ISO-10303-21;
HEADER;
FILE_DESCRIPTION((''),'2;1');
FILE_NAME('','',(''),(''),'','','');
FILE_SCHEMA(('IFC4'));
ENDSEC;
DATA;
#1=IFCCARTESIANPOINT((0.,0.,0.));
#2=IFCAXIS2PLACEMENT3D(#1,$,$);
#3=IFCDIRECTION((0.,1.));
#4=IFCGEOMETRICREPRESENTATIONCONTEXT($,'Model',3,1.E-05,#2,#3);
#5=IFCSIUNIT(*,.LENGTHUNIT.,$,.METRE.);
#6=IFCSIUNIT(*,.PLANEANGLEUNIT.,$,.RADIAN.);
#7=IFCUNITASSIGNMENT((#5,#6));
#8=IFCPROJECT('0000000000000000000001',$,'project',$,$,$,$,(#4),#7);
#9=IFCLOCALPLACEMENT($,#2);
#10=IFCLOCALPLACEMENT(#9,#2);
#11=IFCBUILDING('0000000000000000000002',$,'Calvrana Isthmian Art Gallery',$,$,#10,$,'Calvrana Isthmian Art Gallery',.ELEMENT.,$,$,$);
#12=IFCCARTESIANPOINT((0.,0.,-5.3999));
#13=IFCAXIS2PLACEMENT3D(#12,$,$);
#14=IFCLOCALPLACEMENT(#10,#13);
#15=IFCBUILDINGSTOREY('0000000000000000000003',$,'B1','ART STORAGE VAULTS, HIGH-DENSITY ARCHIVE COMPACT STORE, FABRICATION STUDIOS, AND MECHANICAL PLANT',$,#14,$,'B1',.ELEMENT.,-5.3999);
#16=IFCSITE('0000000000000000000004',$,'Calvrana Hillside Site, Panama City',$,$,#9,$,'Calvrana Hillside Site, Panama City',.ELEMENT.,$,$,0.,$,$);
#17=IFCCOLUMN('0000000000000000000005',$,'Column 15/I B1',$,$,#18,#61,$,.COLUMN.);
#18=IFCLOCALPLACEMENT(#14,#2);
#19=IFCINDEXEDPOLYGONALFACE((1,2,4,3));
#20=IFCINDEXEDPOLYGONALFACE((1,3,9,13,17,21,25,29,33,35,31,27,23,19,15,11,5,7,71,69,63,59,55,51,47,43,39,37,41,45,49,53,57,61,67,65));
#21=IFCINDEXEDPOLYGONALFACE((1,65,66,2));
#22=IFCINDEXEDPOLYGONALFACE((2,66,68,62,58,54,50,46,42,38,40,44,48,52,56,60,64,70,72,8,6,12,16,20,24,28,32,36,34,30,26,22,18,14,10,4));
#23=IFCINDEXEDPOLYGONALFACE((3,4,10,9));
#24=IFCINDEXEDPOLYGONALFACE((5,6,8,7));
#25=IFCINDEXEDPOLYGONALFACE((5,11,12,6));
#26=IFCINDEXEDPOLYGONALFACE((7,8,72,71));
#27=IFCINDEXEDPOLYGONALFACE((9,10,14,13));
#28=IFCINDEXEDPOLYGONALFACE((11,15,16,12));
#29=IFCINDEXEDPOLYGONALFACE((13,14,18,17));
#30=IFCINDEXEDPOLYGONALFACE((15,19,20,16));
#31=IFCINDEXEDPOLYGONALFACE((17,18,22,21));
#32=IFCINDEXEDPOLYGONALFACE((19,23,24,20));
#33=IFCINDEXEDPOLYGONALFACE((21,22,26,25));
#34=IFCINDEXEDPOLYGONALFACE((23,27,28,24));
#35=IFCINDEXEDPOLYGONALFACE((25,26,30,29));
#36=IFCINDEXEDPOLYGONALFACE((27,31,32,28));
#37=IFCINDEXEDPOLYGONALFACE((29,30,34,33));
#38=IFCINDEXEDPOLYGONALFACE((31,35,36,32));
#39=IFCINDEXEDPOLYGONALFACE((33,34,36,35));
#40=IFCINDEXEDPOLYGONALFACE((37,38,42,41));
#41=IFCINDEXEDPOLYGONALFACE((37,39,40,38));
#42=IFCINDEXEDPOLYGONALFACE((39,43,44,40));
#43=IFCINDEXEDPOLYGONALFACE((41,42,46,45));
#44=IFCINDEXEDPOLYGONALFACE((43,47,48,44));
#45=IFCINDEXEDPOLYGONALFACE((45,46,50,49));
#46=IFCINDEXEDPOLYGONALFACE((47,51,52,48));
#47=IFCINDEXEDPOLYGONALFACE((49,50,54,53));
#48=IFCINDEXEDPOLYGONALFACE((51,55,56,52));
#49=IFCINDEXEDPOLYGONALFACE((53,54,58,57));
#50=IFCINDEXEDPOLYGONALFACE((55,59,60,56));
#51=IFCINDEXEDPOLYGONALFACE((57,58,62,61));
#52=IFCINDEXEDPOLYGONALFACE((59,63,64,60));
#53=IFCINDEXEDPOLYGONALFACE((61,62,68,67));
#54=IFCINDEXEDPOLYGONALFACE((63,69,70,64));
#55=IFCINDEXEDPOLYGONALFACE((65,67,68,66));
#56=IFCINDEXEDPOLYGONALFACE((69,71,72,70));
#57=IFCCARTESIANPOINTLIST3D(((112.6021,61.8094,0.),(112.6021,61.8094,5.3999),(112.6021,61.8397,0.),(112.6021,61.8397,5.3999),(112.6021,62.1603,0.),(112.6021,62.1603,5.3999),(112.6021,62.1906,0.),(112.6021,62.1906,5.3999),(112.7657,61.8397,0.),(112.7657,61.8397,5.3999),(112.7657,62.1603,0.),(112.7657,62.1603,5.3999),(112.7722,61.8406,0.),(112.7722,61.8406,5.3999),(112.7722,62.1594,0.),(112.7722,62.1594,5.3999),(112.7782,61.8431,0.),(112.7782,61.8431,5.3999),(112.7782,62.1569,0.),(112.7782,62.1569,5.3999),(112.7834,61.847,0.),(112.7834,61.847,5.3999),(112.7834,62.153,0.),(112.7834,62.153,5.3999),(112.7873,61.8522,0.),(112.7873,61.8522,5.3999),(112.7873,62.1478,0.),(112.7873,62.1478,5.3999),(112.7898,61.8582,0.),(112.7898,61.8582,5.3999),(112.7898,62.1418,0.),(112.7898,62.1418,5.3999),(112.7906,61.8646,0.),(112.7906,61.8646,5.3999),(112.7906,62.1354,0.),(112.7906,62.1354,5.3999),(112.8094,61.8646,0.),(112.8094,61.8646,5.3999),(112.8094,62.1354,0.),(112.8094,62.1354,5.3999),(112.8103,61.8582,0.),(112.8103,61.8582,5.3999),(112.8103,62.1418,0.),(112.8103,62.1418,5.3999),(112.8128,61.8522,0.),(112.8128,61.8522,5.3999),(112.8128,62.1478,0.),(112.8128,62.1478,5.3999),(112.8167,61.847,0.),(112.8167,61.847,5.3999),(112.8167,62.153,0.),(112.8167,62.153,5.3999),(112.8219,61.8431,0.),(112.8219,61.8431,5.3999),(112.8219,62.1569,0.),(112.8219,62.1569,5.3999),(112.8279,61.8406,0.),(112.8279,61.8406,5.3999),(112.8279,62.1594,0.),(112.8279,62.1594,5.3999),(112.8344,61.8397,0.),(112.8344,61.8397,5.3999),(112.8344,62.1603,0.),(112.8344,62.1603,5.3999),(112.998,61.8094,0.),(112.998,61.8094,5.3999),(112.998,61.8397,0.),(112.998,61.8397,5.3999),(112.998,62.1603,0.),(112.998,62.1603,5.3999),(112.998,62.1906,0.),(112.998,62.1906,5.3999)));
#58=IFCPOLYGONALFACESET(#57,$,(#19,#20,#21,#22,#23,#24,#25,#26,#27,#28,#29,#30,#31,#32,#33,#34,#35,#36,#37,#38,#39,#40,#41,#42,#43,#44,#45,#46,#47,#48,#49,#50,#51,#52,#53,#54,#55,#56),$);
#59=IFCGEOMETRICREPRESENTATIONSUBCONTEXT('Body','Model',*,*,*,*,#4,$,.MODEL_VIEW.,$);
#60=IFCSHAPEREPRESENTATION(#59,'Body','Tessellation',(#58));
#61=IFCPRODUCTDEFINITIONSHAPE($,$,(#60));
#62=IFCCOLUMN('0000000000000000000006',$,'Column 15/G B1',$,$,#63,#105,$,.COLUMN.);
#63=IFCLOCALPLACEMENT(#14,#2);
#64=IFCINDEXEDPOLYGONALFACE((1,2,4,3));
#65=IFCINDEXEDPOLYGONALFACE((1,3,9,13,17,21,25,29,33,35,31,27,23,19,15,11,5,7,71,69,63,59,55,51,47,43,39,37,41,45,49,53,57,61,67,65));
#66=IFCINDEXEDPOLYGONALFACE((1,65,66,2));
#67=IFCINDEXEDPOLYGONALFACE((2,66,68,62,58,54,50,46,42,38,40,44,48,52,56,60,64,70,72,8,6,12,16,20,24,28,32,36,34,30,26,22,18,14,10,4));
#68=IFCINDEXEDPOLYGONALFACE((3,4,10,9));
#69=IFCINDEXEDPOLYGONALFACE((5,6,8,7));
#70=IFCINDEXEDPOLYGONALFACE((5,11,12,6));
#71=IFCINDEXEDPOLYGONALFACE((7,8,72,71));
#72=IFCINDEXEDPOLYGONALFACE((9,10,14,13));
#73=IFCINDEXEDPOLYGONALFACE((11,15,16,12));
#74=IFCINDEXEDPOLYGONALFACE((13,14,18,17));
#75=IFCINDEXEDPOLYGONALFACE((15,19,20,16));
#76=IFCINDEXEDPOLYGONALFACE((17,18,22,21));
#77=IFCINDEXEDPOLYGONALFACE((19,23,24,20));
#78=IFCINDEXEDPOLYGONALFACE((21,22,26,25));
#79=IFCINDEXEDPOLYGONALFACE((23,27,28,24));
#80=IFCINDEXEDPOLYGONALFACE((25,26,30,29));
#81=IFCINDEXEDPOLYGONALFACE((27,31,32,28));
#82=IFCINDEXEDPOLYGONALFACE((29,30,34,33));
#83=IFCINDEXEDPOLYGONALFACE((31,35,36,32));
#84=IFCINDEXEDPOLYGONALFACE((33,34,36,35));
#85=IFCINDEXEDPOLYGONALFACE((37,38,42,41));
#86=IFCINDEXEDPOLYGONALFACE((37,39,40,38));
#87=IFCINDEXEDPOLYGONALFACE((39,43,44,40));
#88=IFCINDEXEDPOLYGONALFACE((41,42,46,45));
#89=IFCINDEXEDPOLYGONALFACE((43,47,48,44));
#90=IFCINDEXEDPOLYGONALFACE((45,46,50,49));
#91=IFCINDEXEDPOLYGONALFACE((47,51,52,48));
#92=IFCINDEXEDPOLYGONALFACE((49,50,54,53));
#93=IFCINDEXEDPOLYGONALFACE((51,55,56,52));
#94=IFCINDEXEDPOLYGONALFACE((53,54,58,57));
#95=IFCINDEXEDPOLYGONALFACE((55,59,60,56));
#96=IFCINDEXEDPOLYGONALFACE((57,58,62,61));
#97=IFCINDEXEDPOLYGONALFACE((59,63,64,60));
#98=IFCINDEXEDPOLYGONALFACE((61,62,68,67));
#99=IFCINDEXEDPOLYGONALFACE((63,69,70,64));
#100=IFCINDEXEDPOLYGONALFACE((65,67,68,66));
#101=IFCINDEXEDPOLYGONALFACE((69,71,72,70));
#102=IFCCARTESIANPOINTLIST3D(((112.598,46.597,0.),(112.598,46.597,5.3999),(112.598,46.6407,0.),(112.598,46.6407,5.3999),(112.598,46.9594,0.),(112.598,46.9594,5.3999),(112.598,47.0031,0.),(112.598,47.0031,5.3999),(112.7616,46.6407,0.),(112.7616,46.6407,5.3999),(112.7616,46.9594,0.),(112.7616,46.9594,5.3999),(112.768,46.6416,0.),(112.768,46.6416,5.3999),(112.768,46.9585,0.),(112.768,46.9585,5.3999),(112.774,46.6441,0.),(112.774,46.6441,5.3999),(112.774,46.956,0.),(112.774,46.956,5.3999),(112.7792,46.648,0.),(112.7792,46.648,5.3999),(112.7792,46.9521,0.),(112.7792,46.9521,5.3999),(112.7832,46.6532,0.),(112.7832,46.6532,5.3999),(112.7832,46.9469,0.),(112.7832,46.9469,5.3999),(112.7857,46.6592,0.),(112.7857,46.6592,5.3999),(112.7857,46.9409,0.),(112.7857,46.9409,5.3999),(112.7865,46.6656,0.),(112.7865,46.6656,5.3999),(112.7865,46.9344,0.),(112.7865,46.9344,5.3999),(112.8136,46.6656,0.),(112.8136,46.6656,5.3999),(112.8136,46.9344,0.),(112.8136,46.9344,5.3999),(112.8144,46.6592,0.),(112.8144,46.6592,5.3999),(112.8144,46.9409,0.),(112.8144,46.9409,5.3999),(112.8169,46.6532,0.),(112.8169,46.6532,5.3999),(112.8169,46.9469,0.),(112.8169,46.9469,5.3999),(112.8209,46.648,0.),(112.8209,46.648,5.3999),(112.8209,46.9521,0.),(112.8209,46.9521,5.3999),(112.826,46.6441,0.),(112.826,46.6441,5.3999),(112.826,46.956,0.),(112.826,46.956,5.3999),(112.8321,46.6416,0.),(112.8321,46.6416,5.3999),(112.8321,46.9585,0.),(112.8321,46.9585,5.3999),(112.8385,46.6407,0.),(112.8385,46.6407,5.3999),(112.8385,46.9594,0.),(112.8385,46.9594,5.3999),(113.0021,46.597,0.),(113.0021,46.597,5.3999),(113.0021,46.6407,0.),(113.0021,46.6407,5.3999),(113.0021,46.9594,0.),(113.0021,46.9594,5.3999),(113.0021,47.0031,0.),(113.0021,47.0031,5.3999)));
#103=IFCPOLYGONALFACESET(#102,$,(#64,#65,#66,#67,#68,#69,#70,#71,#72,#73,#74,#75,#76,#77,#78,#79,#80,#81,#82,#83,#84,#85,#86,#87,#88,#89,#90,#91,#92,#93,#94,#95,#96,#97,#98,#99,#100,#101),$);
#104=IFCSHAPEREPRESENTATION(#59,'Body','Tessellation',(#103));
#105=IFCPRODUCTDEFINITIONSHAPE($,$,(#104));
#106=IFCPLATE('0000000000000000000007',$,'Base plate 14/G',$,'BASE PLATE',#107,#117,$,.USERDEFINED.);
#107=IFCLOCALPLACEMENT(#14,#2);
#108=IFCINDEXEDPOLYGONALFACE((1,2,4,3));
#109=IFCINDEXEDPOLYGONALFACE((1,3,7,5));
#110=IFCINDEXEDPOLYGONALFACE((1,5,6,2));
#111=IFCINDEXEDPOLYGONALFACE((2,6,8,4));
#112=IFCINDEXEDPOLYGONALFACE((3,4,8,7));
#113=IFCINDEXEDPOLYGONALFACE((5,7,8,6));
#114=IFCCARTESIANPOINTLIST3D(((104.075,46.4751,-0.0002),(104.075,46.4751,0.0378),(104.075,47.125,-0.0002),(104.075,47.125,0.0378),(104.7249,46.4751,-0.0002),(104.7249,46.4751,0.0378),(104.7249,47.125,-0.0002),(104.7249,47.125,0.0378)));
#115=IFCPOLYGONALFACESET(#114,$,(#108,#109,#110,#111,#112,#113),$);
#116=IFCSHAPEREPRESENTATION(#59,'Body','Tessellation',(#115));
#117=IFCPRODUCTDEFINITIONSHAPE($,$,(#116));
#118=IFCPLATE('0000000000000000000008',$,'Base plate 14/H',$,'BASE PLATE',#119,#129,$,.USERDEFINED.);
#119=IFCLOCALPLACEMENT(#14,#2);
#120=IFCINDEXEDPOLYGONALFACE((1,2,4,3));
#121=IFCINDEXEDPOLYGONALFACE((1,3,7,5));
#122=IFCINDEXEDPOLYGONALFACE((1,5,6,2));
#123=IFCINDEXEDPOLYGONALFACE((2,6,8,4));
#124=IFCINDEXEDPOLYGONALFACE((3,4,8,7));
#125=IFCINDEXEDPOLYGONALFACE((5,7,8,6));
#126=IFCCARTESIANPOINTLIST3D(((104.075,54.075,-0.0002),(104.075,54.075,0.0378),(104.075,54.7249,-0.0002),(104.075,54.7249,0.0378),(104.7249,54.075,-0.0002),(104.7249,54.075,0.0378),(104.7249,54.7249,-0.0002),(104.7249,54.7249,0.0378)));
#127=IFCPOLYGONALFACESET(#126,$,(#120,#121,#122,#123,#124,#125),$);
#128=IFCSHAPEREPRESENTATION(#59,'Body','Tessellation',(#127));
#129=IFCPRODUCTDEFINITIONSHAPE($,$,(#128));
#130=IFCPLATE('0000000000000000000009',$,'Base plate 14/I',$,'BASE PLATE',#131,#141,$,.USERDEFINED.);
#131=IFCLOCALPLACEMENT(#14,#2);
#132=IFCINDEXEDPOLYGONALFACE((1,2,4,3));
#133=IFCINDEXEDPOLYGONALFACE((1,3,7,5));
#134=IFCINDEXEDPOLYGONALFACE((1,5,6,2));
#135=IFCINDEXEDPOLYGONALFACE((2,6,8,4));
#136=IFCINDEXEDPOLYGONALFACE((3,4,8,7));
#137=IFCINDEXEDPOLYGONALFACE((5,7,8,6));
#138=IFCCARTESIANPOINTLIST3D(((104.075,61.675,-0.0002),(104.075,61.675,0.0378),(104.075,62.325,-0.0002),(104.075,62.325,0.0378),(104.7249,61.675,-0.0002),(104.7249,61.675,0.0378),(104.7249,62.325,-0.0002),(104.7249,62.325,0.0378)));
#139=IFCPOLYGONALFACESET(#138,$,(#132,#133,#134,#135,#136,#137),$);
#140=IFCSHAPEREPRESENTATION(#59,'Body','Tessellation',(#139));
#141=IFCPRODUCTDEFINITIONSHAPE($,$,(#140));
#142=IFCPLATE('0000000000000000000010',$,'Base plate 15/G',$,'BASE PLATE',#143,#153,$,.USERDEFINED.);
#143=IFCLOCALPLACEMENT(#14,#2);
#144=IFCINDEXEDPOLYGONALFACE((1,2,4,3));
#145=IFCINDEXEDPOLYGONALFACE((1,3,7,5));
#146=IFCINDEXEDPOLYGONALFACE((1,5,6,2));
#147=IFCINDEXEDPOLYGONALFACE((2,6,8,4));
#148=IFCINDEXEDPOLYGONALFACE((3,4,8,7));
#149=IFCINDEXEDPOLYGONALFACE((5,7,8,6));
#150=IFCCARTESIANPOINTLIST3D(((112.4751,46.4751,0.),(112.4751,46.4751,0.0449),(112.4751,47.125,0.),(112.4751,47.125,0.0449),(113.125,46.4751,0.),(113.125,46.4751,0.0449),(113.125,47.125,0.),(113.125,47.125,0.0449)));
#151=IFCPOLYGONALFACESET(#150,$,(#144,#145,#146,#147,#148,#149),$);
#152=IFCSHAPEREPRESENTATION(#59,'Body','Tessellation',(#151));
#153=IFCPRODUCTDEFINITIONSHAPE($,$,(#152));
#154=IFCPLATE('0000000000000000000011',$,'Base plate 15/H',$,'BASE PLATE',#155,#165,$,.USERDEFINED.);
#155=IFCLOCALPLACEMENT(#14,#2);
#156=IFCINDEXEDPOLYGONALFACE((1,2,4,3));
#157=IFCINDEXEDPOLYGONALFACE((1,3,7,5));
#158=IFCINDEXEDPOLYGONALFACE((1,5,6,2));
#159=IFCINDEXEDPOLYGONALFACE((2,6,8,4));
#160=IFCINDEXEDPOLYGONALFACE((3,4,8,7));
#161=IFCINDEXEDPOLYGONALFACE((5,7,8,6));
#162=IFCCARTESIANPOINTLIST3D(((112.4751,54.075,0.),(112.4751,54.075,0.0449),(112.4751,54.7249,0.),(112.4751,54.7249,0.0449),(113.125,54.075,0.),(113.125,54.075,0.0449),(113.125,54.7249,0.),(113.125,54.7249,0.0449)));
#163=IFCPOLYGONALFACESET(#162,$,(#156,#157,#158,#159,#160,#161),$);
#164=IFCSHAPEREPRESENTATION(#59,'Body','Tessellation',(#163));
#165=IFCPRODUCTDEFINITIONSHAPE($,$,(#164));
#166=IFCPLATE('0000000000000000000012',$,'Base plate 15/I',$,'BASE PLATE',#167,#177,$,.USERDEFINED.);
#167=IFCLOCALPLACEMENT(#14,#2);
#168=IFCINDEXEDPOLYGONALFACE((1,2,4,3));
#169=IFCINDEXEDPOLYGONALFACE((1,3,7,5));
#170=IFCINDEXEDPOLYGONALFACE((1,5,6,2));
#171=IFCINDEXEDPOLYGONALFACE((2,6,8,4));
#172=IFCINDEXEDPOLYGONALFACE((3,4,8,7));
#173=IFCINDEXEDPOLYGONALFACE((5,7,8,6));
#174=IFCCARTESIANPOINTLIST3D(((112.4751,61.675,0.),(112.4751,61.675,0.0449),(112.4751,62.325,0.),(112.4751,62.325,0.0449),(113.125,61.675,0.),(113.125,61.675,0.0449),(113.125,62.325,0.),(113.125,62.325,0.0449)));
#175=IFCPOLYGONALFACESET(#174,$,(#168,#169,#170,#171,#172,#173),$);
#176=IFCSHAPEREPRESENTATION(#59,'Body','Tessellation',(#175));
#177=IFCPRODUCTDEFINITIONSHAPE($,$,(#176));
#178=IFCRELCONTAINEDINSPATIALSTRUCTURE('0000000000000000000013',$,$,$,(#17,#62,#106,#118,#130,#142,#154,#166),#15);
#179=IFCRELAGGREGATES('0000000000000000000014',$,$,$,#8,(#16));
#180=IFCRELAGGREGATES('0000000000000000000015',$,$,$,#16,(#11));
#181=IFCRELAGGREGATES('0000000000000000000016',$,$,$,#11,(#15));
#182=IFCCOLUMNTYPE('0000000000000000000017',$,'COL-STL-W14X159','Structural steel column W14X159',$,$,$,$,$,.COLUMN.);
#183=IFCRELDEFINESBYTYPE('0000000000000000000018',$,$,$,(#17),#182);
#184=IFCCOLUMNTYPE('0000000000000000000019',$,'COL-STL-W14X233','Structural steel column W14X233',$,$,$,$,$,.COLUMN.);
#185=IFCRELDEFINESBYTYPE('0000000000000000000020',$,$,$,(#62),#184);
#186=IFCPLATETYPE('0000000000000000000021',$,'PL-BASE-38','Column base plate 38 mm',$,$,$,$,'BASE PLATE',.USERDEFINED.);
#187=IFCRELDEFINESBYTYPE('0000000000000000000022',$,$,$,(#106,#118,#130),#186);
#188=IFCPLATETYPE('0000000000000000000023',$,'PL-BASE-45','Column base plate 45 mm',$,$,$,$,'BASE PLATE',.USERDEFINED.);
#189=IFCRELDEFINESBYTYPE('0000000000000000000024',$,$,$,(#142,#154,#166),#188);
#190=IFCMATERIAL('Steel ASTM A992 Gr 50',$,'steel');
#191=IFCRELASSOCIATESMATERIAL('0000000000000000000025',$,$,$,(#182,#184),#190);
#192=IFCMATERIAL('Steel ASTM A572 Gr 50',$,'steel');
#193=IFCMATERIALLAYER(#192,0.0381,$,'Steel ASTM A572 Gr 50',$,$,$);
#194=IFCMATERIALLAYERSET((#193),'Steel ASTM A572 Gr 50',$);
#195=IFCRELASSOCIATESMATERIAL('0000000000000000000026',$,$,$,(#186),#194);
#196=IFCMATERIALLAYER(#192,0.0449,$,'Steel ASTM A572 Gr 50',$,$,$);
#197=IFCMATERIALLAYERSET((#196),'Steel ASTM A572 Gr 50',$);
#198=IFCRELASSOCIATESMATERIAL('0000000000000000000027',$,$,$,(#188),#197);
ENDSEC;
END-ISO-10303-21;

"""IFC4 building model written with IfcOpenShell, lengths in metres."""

from ifc_helpers import new_model, si_unit, direction, frame, origin, origin_2d, place, context, subcontext, project, spatial, rectangle, i_section, extrude, material, layer, layer_set, material_profile, profile_set, type_object, element, save


model = new_model("IFC4")

# Units and contexts
model_context = context("Model", 3, precision=1e-05, world=origin(), true_north=direction((0.0, 1.0)))
body_context = subcontext(model_context, "Body", "Model", "MODEL_VIEW")
ifc_project = project(units=[si_unit("LENGTHUNIT", "METRE"), si_unit("PLANEANGLEUNIT", "RADIAN")], contexts=[model_context])

# Site, building, storey
site_placement = place(None, origin())
site = spatial("IfcSite", under=ifc_project, at=site_placement, Name="Calvrana Hillside Site, Panama City", LongName="Calvrana Hillside Site, Panama City", CompositionType="ELEMENT", RefElevation=0.0)
building_placement = place(site_placement, origin())
building = spatial("IfcBuilding", under=site, at=building_placement, Name="Calvrana Isthmian Art Gallery", LongName="Calvrana Isthmian Art Gallery", CompositionType="ELEMENT")
storey_placement = place(building_placement, frame((0.0, 0.0, -5.3999)))
storey = spatial("IfcBuildingStorey", under=building, at=storey_placement, Name="B1", Description="ART STORAGE VAULTS, HIGH-DENSITY ARCHIVE COMPACT STORE, FABRICATION STUDIOS, AND MECHANICAL PLANT", LongName="B1", CompositionType="ELEMENT", Elevation=-5.3999)

# Columns
ifc_material_1 = material(Name="Steel ASTM A992 Gr 50", Category="steel")
ifc_material_profile_1 = material_profile(ifc_material_1, i_section(OverallWidth=0.396, OverallDepth=0.3811, WebThickness=0.0188, FlangeThickness=0.0303, FilletRadius=0.0249, at=origin_2d()), Name="W14X159")
ifc_profile_set_1 = profile_set([ifc_material_profile_1], Name="Steel ASTM A992 Gr 50")
column_type_1 = type_object("IfcColumnType", Name="COL-STL-W14X159", Description="Structural steel column W14X159", PredefinedType="COLUMN", material=ifc_profile_set_1)
column_1_placement = place(storey_placement, frame((112.8, 62.0, 0.0), z_axis=(0.0, 0.0, 1.0), x_axis=(1.0, 0.0, 0.0)))
element("IfcColumn", 1, at=column_1_placement, inside=storey, type_object=column_type_1, Name="Column 15/I B1", PredefinedType="COLUMN", context=body_context, shape_type="SweptSolid", body=[
    extrude(i_section(OverallWidth=0.396, OverallDepth=0.3811, WebThickness=0.0188, FlangeThickness=0.0303, FilletRadius=0.0249, at=origin_2d()), origin(), (0.0, 0.0, 1.0), 5.3999),
])
ifc_material_profile_2 = material_profile(ifc_material_1, i_section(OverallWidth=0.4041, OverallDepth=0.406, WebThickness=0.0271, FlangeThickness=0.0437, FilletRadius=0.0249, at=origin_2d()), Name="W14X233")
ifc_profile_set_2 = profile_set([ifc_material_profile_2], Name="Steel ASTM A992 Gr 50")
column_type_2 = type_object("IfcColumnType", Name="COL-STL-W14X233", Description="Structural steel column W14X233", PredefinedType="COLUMN", material=ifc_profile_set_2)
column_2_placement = place(storey_placement, frame((112.8, 46.8, 0.0), z_axis=(0.0, 0.0, 1.0), x_axis=(1.0, 0.0, 0.0)))
element("IfcColumn", 2, at=column_2_placement, inside=storey, type_object=column_type_2, Name="Column 15/G B1", PredefinedType="COLUMN", context=body_context, shape_type="SweptSolid", body=[
    extrude(i_section(OverallWidth=0.4041, OverallDepth=0.406, WebThickness=0.0271, FlangeThickness=0.0437, FilletRadius=0.0249, at=origin_2d()), origin(), (0.0, 0.0, 1.0), 5.3999),
])

# Plates
ifc_material_2 = material(Name="Steel ASTM A572 Gr 50", Category="steel")
ifc_layer_1 = layer(ifc_material_2, 0.0381, Name="Steel ASTM A572 Gr 50")
ifc_layer_set_1 = layer_set([ifc_layer_1], Name="Steel ASTM A572 Gr 50")
plate_type_1 = type_object("IfcPlateType", Name="PL-BASE-38", Description="Column base plate 38 mm", ElementType="BASE PLATE", PredefinedType="USERDEFINED", material=ifc_layer_set_1)
for number, where, z_axis, x_axis, name in (
    (3, (104.3999, 46.8, -0.0002), (0.0, 0.0, 1.0), (1.0, 0.0, 0.0), "Base plate 14/G"),
    (4, (104.3999, 54.3999, -0.0002), (0.0, 0.0, 1.0), (1.0, 0.0, 0.0), "Base plate 14/H"),
    (5, (104.3999, 62.0, -0.0002), (0.0, 0.0, 1.0), (1.0, 0.0, 0.0), "Base plate 14/I"),
):
    element("IfcPlate", number, at=place(storey_placement, frame(where, z_axis=z_axis, x_axis=x_axis)), inside=storey, type_object=plate_type_1, Name=name, ObjectType="BASE PLATE", PredefinedType="USERDEFINED", context=body_context, shape_type="SweptSolid", body=[
        extrude(rectangle(XDim=0.6499, YDim=0.6499, at=origin_2d()), origin(), (0.0, 0.0, 1.0), 0.0381),
    ])
ifc_layer_2 = layer(ifc_material_2, 0.0449, Name="Steel ASTM A572 Gr 50")
ifc_layer_set_2 = layer_set([ifc_layer_2], Name="Steel ASTM A572 Gr 50")
plate_type_2 = type_object("IfcPlateType", Name="PL-BASE-45", Description="Column base plate 45 mm", ElementType="BASE PLATE", PredefinedType="USERDEFINED", material=ifc_layer_set_2)
for number, where, z_axis, x_axis, name in (
    (6, (112.8, 46.8, 0.0), (0.0, 0.0, 1.0), (1.0, 0.0, 0.0), "Base plate 15/G"),
    (7, (112.8, 54.3999, 0.0), (0.0, 0.0, 1.0), (1.0, 0.0, 0.0), "Base plate 15/H"),
    (8, (112.8, 62.0, 0.0), (0.0, 0.0, 1.0), (1.0, 0.0, 0.0), "Base plate 15/I"),
):
    element("IfcPlate", number, at=place(storey_placement, frame(where, z_axis=z_axis, x_axis=x_axis)), inside=storey, type_object=plate_type_2, Name=name, ObjectType="BASE PLATE", PredefinedType="USERDEFINED", context=body_context, shape_type="SweptSolid", body=[
        extrude(rectangle(XDim=0.6499, YDim=0.6499, at=origin_2d()), origin(), (0.0, 0.0, 1.0), 0.0449),
    ])

save(model, "model.ifc")
